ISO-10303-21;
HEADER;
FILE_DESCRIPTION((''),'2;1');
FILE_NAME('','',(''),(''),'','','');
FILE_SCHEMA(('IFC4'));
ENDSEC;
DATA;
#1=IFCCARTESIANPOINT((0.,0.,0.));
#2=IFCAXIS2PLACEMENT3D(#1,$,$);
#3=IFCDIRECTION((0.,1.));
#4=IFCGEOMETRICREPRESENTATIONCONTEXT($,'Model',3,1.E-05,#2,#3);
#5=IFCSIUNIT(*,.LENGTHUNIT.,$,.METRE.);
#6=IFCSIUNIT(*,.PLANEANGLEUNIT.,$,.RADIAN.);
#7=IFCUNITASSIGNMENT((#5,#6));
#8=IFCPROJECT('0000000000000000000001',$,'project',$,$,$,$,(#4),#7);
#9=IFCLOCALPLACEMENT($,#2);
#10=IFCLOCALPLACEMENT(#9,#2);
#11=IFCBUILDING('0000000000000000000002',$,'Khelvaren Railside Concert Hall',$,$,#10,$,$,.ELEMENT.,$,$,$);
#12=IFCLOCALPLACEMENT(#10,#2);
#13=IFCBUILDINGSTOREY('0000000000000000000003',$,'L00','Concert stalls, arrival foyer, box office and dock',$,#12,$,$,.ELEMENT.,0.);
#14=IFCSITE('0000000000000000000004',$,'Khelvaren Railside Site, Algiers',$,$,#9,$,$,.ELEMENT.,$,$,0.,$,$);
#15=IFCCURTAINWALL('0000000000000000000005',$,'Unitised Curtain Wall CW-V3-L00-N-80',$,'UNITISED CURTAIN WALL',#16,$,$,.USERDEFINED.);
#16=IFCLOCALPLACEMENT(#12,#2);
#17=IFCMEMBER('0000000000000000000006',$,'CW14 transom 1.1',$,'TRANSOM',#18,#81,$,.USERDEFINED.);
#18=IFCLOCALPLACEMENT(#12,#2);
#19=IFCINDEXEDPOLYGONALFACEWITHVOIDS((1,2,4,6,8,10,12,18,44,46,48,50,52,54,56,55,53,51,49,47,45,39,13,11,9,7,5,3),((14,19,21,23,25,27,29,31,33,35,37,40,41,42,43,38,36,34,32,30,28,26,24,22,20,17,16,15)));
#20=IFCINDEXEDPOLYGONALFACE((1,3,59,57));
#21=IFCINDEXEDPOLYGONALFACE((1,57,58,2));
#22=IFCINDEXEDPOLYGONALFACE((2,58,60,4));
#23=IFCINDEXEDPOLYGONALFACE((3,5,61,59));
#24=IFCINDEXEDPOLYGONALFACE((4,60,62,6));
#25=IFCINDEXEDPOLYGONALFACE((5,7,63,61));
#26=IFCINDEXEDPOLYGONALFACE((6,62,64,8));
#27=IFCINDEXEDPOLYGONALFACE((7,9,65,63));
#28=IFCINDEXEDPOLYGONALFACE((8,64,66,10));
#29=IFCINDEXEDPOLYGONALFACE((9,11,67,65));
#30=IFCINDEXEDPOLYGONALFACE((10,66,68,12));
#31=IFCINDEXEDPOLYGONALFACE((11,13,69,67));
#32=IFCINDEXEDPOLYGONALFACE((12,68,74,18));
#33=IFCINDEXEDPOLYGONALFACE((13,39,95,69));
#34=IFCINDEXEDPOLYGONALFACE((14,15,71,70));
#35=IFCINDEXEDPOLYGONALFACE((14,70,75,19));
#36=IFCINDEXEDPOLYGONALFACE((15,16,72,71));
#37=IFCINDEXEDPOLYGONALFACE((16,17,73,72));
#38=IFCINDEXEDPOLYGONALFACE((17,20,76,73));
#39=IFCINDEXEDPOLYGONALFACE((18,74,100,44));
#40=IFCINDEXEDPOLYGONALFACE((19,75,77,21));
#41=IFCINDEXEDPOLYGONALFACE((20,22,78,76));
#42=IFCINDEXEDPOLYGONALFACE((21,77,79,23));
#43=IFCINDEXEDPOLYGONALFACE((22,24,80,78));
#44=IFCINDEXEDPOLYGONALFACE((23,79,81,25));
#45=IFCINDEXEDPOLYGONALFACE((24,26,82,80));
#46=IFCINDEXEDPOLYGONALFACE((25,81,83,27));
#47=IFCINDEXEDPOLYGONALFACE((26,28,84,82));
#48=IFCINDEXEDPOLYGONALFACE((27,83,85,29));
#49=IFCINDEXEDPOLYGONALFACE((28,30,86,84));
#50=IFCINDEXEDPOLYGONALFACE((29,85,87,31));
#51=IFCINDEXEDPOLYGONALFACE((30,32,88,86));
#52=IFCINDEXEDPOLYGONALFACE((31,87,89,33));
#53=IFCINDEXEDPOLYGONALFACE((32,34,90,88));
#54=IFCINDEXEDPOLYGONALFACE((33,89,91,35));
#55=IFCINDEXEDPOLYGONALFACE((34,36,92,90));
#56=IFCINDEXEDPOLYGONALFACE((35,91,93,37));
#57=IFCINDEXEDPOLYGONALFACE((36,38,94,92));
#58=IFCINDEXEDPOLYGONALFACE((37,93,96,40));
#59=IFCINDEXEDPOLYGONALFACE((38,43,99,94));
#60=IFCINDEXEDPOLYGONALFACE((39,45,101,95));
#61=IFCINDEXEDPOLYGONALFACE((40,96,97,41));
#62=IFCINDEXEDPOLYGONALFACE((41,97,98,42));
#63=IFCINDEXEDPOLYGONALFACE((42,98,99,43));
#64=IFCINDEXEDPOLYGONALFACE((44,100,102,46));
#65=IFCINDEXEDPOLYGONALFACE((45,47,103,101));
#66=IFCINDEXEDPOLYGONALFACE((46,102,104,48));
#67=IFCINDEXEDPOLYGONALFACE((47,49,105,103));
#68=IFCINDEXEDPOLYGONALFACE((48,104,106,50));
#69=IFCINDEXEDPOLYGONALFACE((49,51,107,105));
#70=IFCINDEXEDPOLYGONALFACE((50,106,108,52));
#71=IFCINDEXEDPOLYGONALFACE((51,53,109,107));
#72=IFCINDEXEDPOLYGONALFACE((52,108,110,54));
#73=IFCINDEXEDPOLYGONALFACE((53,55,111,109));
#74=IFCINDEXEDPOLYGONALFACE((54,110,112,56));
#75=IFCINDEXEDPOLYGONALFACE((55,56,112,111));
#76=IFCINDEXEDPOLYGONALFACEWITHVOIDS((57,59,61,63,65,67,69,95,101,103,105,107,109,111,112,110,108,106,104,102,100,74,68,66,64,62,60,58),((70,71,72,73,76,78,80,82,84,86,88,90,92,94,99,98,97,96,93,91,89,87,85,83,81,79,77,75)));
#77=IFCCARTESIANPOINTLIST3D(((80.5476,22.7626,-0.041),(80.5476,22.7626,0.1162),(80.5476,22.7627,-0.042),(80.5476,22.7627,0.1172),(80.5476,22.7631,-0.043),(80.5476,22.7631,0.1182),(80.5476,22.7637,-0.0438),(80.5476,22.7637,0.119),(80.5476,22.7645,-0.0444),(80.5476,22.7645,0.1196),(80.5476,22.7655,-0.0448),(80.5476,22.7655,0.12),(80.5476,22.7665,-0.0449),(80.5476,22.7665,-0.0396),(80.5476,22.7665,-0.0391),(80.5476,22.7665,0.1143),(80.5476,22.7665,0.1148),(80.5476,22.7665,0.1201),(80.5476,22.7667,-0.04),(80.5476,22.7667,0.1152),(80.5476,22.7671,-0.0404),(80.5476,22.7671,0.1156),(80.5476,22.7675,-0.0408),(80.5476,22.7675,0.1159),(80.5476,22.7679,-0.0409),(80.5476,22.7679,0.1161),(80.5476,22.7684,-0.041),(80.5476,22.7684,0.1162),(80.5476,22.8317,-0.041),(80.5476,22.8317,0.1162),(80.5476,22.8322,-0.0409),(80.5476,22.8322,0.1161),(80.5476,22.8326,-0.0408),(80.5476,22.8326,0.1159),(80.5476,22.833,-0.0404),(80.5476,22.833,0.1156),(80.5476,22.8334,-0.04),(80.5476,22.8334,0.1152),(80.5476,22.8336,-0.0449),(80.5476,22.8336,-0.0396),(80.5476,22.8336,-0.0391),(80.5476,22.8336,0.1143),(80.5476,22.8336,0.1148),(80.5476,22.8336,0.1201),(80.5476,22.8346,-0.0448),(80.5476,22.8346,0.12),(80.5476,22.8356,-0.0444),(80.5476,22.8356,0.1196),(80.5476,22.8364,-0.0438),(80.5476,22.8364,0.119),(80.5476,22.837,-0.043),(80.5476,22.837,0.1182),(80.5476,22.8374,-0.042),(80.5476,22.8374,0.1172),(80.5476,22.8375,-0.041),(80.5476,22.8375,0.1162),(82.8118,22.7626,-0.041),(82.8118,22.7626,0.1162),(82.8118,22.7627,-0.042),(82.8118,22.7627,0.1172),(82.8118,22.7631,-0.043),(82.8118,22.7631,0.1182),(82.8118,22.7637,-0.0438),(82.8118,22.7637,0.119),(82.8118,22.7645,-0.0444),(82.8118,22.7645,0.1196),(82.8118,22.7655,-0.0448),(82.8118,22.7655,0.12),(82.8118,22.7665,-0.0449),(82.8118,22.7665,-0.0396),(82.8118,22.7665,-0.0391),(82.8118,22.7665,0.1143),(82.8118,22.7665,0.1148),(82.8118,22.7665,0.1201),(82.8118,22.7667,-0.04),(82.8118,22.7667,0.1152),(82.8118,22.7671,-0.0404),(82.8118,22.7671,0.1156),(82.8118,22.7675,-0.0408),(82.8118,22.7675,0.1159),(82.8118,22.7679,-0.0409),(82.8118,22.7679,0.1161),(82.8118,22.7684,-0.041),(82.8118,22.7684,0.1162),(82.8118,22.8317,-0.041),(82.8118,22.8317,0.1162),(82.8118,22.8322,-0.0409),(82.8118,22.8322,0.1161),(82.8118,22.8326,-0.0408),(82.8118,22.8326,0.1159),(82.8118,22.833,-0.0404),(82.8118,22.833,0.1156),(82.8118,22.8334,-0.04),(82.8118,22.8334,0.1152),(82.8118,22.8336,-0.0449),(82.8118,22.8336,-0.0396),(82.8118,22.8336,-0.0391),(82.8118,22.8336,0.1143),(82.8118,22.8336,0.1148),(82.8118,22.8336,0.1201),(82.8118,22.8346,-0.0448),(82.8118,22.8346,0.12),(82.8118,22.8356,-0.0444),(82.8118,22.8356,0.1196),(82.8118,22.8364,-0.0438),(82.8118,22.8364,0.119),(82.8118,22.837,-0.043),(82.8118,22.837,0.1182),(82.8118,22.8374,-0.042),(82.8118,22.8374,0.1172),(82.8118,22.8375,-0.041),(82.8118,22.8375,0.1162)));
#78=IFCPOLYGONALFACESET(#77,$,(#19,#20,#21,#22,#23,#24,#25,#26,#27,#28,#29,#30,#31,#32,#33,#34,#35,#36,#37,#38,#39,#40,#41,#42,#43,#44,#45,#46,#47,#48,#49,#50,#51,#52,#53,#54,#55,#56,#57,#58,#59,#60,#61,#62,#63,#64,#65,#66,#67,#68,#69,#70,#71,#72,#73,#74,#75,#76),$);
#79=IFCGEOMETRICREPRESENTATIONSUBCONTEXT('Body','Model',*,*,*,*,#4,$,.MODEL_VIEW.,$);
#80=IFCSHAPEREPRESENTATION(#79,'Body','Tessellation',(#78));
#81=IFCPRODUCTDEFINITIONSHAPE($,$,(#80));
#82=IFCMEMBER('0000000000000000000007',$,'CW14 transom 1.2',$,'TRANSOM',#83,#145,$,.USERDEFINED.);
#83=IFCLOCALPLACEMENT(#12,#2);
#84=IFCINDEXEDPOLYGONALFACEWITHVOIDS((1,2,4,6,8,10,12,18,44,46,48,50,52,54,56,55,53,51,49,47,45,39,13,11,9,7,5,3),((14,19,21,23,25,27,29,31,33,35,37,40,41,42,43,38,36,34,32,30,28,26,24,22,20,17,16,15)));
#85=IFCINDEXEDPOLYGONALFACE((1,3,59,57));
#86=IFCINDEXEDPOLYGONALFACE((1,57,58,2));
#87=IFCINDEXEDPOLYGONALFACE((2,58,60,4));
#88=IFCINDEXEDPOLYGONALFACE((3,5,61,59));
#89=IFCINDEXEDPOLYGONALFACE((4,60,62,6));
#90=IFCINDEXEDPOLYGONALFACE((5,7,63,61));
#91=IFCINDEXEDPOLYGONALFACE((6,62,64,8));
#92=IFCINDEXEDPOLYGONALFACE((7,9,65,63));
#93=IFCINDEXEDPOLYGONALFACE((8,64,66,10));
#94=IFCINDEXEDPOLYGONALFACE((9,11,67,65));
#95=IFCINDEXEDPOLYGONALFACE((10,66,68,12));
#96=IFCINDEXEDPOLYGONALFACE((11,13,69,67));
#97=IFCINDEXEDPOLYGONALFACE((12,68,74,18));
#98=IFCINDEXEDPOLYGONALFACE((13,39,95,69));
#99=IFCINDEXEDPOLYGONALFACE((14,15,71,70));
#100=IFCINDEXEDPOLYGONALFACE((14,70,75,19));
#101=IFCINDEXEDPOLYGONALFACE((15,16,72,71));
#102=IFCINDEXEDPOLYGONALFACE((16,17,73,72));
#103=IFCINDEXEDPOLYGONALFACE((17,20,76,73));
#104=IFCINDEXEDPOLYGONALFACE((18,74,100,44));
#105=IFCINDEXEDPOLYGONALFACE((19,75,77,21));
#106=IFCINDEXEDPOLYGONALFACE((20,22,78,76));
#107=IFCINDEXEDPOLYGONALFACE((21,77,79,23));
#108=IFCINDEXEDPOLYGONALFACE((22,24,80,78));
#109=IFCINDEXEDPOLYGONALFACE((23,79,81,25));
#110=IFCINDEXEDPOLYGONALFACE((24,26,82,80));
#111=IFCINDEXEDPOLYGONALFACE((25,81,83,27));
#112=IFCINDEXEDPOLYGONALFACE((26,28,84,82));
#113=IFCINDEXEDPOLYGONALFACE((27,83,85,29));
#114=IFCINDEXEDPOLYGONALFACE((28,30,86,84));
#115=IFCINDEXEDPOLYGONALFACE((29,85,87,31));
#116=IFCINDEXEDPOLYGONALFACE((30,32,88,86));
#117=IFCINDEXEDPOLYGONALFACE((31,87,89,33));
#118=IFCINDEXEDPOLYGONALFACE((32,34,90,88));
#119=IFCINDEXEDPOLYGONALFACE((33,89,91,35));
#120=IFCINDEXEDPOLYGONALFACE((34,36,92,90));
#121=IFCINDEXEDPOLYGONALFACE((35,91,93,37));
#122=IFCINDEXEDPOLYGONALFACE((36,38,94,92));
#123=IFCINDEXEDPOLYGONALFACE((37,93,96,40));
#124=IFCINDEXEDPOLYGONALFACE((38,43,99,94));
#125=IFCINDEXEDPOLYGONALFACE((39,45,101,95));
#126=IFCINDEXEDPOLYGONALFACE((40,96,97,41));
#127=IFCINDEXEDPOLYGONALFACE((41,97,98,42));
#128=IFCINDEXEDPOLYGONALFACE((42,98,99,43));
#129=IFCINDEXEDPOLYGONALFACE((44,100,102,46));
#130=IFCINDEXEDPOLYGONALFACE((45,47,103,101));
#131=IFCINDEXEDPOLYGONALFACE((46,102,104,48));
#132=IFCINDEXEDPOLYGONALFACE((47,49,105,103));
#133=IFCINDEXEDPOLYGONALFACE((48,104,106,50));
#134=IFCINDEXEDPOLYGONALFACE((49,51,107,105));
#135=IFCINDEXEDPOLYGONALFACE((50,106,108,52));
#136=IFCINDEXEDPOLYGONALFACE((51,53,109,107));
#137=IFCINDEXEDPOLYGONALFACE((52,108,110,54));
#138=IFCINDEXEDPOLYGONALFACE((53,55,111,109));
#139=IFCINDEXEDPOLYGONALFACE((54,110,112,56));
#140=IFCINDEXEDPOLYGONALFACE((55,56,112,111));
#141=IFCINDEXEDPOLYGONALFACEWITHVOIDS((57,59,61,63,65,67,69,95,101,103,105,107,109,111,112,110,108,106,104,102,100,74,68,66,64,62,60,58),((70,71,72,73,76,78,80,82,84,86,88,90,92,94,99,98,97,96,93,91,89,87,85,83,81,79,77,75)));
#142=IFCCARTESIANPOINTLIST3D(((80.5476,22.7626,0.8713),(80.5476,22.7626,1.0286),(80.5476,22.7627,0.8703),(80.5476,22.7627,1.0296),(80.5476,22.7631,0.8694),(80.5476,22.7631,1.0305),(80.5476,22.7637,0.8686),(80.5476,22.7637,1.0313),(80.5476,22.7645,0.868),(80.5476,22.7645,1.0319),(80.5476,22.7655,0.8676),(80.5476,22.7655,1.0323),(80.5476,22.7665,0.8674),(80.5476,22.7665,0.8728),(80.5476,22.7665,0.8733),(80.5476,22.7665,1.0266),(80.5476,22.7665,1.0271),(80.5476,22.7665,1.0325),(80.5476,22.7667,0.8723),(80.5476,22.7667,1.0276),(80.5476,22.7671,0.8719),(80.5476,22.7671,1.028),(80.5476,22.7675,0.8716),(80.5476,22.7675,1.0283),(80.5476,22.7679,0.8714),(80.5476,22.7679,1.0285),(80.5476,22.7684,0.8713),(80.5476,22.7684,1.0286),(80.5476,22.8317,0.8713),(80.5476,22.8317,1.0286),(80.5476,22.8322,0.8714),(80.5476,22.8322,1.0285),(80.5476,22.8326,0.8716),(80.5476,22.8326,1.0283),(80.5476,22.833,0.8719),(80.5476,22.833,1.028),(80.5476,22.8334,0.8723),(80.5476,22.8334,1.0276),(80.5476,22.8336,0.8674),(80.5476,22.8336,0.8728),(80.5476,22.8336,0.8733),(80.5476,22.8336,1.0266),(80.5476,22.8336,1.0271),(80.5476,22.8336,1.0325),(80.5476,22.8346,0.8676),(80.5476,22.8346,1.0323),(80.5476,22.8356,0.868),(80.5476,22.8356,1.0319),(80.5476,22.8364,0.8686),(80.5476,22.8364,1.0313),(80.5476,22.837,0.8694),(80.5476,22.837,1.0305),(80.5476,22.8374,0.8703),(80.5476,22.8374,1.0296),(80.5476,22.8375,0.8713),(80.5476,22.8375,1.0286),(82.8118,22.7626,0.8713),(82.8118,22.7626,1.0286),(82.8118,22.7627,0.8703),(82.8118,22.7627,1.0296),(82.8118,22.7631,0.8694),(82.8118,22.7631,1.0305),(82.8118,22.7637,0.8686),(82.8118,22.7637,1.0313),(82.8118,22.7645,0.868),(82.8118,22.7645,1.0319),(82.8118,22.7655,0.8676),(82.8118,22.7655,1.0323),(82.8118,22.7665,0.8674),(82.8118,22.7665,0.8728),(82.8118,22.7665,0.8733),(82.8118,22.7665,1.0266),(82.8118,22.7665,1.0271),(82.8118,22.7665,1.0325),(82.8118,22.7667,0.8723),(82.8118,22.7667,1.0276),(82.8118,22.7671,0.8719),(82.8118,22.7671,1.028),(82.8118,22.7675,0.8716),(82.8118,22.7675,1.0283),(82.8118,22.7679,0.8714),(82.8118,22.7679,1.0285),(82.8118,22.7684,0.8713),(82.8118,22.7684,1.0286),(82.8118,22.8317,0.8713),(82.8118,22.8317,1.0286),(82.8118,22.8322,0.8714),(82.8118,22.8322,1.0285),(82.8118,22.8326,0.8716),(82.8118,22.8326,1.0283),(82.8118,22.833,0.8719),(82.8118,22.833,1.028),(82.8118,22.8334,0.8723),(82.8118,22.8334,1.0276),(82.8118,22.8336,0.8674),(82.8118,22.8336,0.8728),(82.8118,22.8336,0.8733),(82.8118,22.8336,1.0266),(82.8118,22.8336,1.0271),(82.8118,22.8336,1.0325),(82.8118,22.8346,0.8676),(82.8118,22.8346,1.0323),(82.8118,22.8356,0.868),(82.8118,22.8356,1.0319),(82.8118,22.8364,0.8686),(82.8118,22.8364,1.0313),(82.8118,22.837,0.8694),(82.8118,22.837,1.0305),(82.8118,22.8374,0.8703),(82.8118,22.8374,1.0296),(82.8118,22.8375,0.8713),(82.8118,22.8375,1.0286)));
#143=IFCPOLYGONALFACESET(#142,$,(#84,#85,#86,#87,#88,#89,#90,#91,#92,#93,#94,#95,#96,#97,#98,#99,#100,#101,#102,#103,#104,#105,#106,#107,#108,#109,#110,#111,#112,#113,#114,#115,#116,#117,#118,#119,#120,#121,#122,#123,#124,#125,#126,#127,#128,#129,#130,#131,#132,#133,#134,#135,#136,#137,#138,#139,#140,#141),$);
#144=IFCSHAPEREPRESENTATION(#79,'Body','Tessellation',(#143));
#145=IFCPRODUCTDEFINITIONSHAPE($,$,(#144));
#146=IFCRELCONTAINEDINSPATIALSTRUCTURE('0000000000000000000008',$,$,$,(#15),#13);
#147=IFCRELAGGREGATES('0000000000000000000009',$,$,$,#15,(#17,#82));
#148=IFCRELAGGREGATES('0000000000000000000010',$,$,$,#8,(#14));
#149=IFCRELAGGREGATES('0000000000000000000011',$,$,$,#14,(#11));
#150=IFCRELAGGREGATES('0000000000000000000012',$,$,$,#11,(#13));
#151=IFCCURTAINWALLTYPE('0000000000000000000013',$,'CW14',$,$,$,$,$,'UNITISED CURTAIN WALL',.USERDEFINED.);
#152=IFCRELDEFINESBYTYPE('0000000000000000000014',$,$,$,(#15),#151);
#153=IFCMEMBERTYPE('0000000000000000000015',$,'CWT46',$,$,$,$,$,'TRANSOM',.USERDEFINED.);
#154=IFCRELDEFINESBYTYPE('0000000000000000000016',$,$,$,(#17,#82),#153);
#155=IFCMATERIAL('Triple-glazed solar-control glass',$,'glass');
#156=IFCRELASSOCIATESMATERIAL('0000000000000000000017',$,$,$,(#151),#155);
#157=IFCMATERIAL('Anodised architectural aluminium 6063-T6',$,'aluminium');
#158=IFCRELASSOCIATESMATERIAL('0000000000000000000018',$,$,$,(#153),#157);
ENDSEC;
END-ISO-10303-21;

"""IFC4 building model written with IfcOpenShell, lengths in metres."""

from ifc_helpers import new_model, si_unit, direction, frame, origin, origin_2d, place, context, subcontext, project, spatial, hollow_rectangle, extrude, material, material_profile, profile_set, type_object, element, aggregate, save


model = new_model("IFC4")

# Units and contexts
model_context = context("Model", 3, precision=1e-05, world=origin(), true_north=direction((0.0, 1.0)))
body_context = subcontext(model_context, "Body", "Model", "MODEL_VIEW")
ifc_project = project(units=[si_unit("LENGTHUNIT", "METRE"), si_unit("PLANEANGLEUNIT", "RADIAN")], contexts=[model_context])

# Site, building, storey
site_placement = place(None, origin())
site = spatial("IfcSite", under=ifc_project, at=site_placement, Name="Khelvaren Railside Site, Algiers", CompositionType="ELEMENT", RefElevation=0.0)
building_placement = place(site_placement, origin())
building = spatial("IfcBuilding", under=site, at=building_placement, Name="Khelvaren Railside Concert Hall", CompositionType="ELEMENT")
storey_placement = place(building_placement, origin())
storey = spatial("IfcBuildingStorey", under=building, at=storey_placement, Name="L00", Description="Concert stalls, arrival foyer, box office and dock", CompositionType="ELEMENT", Elevation=0.0)

# Curtain wall, members
ifc_material_1 = material(Name="Triple-glazed solar-control glass", Category="glass")
curtain_wall_type = type_object("IfcCurtainWallType", Name="CW14", ElementType="UNITISED CURTAIN WALL", PredefinedType="USERDEFINED", material=ifc_material_1)
curtain_wall_placement = place(storey_placement, origin())
curtain_wall = element("IfcCurtainWall", 1, at=curtain_wall_placement, inside=storey, type_object=curtain_wall_type, Name="Unitised Curtain Wall CW-V3-L00-N-80", ObjectType="UNITISED CURTAIN WALL", PredefinedType="USERDEFINED")
ifc_material_2 = material(Name="Anodised architectural aluminium 6063-T6", Category="aluminium")
ifc_material_profile_1 = material_profile(ifc_material_2, hollow_rectangle(XDim=0.075, YDim=0.165, WallThickness=0.0039, InnerFilletRadius=0.002, OuterFilletRadius=0.0039, at=origin_2d()), Name="CWT 75x165x4")
ifc_profile_set_1 = profile_set([ifc_material_profile_1], Name="Anodised architectural aluminium 6063-T6")
member_type_1 = type_object("IfcMemberType", Name="CWT46", ElementType="TRANSOM", PredefinedType="USERDEFINED", material=ifc_profile_set_1)
member_1_placement = place(storey_placement, frame((80.5476, 22.8, 0.0376), z_axis=(1.0, 0.0, 0.0), x_axis=(0.0, 1.0, 0.0)))
member_1 = element("IfcMember", 2, at=member_1_placement, type_object=member_type_1, Name="CW14 transom 1.1", ObjectType="TRANSOM", PredefinedType="USERDEFINED", context=body_context, shape_type="SweptSolid", body=[
    extrude(hollow_rectangle(XDim=0.075, YDim=0.165, WallThickness=0.0039, InnerFilletRadius=0.002, OuterFilletRadius=0.0039, at=origin_2d()), origin(), (0.0, 0.0, 1.0), 2.2642),
])
member_2_placement = place(storey_placement, frame((80.5476, 22.8, 0.95), z_axis=(1.0, 0.0, 0.0), x_axis=(0.0, 1.0, 0.0)))
member_2 = element("IfcMember", 3, at=member_2_placement, type_object=member_type_1, Name="CW14 transom 1.2", ObjectType="TRANSOM", PredefinedType="USERDEFINED", context=body_context, shape_type="SweptSolid", body=[
    extrude(hollow_rectangle(XDim=0.075, YDim=0.165, WallThickness=0.0039, InnerFilletRadius=0.002, OuterFilletRadius=0.0039, at=origin_2d()), origin(), (0.0, 0.0, 1.0), 2.2642),
])

aggregate(curtain_wall, [member_1, member_2])

save(model, "model.ifc")
